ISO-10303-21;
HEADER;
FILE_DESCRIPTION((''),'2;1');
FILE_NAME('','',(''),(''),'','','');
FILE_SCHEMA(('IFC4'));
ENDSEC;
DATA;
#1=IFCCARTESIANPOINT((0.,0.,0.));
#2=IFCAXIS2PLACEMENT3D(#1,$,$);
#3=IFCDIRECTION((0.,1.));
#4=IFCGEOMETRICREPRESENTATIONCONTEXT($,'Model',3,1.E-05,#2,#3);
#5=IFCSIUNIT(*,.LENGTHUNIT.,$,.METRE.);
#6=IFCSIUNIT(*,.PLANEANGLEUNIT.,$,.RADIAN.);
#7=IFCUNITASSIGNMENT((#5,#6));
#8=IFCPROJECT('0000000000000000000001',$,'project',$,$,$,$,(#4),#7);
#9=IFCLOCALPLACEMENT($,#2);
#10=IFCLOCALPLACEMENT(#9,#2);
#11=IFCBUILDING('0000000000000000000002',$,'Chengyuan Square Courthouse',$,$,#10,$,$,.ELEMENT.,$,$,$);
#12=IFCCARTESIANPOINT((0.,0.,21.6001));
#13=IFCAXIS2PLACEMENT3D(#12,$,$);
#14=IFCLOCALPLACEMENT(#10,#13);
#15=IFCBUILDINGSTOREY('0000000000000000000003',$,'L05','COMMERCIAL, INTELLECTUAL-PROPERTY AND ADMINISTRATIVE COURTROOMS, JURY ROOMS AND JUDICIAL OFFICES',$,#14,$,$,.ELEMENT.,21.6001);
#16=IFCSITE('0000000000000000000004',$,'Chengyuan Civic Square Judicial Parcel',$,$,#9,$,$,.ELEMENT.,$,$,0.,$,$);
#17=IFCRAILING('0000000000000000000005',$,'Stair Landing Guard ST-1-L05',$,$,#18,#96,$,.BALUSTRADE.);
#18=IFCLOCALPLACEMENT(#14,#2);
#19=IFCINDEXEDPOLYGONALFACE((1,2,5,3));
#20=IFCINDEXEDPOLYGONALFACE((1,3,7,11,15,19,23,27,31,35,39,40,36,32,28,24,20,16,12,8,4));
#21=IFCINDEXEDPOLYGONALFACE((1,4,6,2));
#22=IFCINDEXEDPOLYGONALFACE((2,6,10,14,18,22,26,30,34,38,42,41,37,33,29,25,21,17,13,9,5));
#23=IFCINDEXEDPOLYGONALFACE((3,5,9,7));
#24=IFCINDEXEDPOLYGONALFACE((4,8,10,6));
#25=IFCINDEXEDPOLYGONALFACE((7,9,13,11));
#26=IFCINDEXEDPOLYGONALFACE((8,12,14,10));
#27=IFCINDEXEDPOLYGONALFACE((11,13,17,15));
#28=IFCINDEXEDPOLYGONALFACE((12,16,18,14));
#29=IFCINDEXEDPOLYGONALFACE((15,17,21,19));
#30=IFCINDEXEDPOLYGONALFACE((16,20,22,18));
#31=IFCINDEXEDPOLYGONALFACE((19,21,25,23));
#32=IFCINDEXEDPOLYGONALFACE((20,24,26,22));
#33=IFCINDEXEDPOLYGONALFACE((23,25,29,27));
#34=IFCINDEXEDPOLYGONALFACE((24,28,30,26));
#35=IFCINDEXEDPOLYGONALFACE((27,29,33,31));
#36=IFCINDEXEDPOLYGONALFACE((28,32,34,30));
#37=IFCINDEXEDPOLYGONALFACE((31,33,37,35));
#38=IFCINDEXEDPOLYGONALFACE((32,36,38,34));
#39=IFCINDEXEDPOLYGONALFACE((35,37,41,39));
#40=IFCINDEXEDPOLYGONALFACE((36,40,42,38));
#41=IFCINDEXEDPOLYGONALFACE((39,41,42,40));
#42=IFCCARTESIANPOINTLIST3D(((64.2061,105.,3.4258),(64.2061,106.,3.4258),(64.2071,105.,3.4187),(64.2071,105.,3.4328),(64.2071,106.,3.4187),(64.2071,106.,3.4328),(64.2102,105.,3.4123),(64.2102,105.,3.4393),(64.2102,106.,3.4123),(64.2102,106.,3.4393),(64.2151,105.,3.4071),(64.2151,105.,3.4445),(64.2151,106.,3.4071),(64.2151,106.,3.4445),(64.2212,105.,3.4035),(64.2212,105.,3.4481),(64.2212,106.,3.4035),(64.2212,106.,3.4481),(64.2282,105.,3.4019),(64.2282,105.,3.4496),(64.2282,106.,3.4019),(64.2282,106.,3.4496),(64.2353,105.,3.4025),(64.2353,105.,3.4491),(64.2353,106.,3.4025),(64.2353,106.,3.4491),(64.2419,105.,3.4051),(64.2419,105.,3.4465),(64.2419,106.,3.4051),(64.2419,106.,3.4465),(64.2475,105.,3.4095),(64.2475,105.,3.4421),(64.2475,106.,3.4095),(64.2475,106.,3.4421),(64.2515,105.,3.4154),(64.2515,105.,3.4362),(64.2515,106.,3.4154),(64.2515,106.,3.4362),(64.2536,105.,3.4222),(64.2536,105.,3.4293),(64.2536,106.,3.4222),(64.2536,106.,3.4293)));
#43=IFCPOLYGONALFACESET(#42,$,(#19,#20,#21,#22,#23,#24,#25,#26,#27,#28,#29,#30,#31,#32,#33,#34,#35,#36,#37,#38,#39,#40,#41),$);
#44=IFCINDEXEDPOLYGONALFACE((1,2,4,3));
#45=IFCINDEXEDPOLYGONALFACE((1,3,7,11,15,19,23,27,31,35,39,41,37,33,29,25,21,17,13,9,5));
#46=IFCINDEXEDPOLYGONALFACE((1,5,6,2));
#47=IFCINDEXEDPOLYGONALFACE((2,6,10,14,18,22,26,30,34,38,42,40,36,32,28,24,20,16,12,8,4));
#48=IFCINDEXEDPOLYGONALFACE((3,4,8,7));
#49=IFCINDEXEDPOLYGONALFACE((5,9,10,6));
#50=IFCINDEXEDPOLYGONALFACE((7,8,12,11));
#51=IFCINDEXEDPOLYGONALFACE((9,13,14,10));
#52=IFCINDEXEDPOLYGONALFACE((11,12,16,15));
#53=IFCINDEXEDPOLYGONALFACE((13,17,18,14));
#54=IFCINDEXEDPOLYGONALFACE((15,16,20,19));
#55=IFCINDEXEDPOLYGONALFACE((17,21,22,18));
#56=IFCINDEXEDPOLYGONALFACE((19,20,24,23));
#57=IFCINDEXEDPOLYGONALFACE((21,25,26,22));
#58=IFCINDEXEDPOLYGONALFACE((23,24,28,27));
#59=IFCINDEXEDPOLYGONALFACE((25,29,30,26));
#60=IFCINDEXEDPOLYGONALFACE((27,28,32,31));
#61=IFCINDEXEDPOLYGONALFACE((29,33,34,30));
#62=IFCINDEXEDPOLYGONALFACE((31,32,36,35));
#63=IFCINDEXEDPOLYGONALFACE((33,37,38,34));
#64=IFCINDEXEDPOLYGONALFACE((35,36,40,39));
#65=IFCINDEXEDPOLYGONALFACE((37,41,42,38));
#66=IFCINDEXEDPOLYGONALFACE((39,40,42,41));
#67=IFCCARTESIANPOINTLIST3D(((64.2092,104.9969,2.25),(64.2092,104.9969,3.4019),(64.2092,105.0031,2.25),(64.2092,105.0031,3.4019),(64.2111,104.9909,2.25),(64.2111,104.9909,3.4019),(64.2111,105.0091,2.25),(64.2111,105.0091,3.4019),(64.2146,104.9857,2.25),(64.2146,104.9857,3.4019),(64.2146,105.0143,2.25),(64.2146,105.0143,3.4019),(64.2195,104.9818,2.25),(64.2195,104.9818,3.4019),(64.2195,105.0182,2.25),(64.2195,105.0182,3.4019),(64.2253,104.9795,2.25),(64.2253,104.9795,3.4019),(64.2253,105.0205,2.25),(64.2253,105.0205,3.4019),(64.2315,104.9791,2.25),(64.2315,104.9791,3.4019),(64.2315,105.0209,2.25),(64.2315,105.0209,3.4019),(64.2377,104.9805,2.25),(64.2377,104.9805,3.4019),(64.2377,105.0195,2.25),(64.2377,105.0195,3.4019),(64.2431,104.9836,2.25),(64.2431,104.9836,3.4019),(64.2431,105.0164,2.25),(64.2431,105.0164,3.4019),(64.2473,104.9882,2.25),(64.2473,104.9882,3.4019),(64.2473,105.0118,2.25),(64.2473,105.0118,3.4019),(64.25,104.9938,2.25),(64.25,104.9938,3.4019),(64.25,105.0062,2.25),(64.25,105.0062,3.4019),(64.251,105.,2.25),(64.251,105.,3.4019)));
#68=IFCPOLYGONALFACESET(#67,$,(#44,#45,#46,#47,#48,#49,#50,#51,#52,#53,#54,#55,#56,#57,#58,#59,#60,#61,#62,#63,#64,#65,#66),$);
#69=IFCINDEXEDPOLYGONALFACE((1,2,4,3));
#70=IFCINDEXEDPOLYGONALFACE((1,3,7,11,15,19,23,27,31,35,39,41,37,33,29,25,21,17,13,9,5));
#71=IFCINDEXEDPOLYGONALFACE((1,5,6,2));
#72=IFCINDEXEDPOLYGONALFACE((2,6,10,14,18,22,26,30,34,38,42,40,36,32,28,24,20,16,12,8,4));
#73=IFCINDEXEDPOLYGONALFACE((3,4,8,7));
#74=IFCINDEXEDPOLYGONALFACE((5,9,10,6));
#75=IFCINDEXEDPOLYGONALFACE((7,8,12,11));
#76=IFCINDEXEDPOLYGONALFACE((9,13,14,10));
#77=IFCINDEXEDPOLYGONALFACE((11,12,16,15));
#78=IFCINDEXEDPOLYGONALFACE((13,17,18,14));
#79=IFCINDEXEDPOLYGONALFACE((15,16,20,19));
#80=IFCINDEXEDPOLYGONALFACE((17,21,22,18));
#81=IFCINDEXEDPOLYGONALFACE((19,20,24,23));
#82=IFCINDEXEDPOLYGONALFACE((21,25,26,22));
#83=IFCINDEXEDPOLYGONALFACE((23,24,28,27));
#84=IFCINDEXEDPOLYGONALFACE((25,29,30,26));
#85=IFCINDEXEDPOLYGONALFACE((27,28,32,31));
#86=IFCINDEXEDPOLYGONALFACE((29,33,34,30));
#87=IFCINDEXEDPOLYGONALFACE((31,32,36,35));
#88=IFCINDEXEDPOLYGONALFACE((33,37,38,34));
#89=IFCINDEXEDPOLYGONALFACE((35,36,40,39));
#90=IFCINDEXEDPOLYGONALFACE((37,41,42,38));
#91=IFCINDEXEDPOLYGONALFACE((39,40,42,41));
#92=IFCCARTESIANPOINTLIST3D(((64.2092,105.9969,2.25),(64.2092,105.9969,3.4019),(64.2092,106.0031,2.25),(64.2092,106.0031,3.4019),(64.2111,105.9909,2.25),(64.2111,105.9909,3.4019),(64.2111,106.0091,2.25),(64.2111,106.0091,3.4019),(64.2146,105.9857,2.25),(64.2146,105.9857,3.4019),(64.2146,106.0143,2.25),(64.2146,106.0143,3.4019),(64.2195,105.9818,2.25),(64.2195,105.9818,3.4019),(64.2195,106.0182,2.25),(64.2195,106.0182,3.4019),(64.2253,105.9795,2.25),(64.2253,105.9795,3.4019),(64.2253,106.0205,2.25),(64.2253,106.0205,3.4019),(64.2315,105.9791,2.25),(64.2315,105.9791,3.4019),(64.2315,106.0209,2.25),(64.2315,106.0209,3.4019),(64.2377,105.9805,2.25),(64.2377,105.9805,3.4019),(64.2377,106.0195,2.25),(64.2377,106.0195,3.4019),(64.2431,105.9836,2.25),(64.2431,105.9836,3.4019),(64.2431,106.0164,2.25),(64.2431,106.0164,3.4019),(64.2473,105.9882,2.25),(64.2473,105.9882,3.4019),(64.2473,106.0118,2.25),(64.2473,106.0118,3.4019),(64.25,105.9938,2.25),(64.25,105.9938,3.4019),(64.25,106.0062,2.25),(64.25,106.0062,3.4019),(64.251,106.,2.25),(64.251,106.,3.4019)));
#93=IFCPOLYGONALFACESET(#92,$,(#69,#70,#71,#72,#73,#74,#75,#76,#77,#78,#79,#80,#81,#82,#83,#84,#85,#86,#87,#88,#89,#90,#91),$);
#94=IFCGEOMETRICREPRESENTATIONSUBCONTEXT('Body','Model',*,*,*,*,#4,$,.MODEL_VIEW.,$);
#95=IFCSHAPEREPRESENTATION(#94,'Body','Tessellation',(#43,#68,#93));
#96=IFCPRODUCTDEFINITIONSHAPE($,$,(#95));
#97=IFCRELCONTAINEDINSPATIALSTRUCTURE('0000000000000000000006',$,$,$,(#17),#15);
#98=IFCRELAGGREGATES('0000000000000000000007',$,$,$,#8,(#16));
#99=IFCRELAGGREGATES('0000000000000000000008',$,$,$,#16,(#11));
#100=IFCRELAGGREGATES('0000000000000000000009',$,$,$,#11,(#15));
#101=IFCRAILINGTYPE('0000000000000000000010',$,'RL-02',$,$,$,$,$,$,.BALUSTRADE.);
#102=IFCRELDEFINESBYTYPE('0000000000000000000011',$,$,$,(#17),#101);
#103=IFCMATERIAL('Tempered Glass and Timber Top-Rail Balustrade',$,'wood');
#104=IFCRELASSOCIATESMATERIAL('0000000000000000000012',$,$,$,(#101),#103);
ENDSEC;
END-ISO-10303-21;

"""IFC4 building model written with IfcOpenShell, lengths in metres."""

from ifc_helpers import new_model, si_unit, direction, frame, origin, origin_2d, place, context, subcontext, project, spatial, circle, extrude, material, type_object, element, save


model = new_model("IFC4")

# Units and contexts
model_context = context("Model", 3, precision=1e-05, world=origin(), true_north=direction((0.0, 1.0)))
body_context = subcontext(model_context, "Body", "Model", "MODEL_VIEW")
ifc_project = project(units=[si_unit("LENGTHUNIT", "METRE"), si_unit("PLANEANGLEUNIT", "RADIAN")], contexts=[model_context])

# Site, building, storey
site_placement = place(None, origin())
site = spatial("IfcSite", under=ifc_project, at=site_placement, Name="Chengyuan Civic Square Judicial Parcel", CompositionType="ELEMENT", RefElevation=0.0)
building_placement = place(site_placement, origin())
building = spatial("IfcBuilding", under=site, at=building_placement, Name="Chengyuan Square Courthouse", CompositionType="ELEMENT")
storey_placement = place(building_placement, frame((0.0, 0.0, 21.6001)))
storey = spatial("IfcBuildingStorey", under=building, at=storey_placement, Name="L05", Description="COMMERCIAL, INTELLECTUAL-PROPERTY AND ADMINISTRATIVE COURTROOMS, JURY ROOMS AND JUDICIAL OFFICES", CompositionType="ELEMENT", Elevation=21.6001)

# Railing
ifc_material_1 = material(Name="Tempered Glass and Timber Top-Rail Balustrade", Category="wood")
railing_type_1 = type_object("IfcRailingType", Name="RL-02", PredefinedType="BALUSTRADE", material=ifc_material_1)
railing_1_placement = place(storey_placement, frame((64.23, 105.0, 2.25)))
element("IfcRailing", 1, at=railing_1_placement, inside=storey, type_object=railing_type_1, Name="Stair Landing Guard ST-1-L05", PredefinedType="BALUSTRADE", context=body_context, shape_type="SweptSolid", body=[
    extrude(circle(Radius=0.0239, at=origin_2d()), frame((0.0, 0.0, 1.1758), z_axis=(0.0, 1.0, 0.0), x_axis=(-1.0, 0.0, 0.0)), (0.0, 0.0, 1.0), 1.0),
    extrude(circle(Radius=0.021, at=origin_2d()), origin(), (0.0, 0.0, 1.0), 1.1519),
    extrude(circle(Radius=0.021, at=origin_2d()), frame((0.0, 1.0, 0.0)), (0.0, 0.0, 1.0), 1.1519),
])

save(model, "model.ifc")
